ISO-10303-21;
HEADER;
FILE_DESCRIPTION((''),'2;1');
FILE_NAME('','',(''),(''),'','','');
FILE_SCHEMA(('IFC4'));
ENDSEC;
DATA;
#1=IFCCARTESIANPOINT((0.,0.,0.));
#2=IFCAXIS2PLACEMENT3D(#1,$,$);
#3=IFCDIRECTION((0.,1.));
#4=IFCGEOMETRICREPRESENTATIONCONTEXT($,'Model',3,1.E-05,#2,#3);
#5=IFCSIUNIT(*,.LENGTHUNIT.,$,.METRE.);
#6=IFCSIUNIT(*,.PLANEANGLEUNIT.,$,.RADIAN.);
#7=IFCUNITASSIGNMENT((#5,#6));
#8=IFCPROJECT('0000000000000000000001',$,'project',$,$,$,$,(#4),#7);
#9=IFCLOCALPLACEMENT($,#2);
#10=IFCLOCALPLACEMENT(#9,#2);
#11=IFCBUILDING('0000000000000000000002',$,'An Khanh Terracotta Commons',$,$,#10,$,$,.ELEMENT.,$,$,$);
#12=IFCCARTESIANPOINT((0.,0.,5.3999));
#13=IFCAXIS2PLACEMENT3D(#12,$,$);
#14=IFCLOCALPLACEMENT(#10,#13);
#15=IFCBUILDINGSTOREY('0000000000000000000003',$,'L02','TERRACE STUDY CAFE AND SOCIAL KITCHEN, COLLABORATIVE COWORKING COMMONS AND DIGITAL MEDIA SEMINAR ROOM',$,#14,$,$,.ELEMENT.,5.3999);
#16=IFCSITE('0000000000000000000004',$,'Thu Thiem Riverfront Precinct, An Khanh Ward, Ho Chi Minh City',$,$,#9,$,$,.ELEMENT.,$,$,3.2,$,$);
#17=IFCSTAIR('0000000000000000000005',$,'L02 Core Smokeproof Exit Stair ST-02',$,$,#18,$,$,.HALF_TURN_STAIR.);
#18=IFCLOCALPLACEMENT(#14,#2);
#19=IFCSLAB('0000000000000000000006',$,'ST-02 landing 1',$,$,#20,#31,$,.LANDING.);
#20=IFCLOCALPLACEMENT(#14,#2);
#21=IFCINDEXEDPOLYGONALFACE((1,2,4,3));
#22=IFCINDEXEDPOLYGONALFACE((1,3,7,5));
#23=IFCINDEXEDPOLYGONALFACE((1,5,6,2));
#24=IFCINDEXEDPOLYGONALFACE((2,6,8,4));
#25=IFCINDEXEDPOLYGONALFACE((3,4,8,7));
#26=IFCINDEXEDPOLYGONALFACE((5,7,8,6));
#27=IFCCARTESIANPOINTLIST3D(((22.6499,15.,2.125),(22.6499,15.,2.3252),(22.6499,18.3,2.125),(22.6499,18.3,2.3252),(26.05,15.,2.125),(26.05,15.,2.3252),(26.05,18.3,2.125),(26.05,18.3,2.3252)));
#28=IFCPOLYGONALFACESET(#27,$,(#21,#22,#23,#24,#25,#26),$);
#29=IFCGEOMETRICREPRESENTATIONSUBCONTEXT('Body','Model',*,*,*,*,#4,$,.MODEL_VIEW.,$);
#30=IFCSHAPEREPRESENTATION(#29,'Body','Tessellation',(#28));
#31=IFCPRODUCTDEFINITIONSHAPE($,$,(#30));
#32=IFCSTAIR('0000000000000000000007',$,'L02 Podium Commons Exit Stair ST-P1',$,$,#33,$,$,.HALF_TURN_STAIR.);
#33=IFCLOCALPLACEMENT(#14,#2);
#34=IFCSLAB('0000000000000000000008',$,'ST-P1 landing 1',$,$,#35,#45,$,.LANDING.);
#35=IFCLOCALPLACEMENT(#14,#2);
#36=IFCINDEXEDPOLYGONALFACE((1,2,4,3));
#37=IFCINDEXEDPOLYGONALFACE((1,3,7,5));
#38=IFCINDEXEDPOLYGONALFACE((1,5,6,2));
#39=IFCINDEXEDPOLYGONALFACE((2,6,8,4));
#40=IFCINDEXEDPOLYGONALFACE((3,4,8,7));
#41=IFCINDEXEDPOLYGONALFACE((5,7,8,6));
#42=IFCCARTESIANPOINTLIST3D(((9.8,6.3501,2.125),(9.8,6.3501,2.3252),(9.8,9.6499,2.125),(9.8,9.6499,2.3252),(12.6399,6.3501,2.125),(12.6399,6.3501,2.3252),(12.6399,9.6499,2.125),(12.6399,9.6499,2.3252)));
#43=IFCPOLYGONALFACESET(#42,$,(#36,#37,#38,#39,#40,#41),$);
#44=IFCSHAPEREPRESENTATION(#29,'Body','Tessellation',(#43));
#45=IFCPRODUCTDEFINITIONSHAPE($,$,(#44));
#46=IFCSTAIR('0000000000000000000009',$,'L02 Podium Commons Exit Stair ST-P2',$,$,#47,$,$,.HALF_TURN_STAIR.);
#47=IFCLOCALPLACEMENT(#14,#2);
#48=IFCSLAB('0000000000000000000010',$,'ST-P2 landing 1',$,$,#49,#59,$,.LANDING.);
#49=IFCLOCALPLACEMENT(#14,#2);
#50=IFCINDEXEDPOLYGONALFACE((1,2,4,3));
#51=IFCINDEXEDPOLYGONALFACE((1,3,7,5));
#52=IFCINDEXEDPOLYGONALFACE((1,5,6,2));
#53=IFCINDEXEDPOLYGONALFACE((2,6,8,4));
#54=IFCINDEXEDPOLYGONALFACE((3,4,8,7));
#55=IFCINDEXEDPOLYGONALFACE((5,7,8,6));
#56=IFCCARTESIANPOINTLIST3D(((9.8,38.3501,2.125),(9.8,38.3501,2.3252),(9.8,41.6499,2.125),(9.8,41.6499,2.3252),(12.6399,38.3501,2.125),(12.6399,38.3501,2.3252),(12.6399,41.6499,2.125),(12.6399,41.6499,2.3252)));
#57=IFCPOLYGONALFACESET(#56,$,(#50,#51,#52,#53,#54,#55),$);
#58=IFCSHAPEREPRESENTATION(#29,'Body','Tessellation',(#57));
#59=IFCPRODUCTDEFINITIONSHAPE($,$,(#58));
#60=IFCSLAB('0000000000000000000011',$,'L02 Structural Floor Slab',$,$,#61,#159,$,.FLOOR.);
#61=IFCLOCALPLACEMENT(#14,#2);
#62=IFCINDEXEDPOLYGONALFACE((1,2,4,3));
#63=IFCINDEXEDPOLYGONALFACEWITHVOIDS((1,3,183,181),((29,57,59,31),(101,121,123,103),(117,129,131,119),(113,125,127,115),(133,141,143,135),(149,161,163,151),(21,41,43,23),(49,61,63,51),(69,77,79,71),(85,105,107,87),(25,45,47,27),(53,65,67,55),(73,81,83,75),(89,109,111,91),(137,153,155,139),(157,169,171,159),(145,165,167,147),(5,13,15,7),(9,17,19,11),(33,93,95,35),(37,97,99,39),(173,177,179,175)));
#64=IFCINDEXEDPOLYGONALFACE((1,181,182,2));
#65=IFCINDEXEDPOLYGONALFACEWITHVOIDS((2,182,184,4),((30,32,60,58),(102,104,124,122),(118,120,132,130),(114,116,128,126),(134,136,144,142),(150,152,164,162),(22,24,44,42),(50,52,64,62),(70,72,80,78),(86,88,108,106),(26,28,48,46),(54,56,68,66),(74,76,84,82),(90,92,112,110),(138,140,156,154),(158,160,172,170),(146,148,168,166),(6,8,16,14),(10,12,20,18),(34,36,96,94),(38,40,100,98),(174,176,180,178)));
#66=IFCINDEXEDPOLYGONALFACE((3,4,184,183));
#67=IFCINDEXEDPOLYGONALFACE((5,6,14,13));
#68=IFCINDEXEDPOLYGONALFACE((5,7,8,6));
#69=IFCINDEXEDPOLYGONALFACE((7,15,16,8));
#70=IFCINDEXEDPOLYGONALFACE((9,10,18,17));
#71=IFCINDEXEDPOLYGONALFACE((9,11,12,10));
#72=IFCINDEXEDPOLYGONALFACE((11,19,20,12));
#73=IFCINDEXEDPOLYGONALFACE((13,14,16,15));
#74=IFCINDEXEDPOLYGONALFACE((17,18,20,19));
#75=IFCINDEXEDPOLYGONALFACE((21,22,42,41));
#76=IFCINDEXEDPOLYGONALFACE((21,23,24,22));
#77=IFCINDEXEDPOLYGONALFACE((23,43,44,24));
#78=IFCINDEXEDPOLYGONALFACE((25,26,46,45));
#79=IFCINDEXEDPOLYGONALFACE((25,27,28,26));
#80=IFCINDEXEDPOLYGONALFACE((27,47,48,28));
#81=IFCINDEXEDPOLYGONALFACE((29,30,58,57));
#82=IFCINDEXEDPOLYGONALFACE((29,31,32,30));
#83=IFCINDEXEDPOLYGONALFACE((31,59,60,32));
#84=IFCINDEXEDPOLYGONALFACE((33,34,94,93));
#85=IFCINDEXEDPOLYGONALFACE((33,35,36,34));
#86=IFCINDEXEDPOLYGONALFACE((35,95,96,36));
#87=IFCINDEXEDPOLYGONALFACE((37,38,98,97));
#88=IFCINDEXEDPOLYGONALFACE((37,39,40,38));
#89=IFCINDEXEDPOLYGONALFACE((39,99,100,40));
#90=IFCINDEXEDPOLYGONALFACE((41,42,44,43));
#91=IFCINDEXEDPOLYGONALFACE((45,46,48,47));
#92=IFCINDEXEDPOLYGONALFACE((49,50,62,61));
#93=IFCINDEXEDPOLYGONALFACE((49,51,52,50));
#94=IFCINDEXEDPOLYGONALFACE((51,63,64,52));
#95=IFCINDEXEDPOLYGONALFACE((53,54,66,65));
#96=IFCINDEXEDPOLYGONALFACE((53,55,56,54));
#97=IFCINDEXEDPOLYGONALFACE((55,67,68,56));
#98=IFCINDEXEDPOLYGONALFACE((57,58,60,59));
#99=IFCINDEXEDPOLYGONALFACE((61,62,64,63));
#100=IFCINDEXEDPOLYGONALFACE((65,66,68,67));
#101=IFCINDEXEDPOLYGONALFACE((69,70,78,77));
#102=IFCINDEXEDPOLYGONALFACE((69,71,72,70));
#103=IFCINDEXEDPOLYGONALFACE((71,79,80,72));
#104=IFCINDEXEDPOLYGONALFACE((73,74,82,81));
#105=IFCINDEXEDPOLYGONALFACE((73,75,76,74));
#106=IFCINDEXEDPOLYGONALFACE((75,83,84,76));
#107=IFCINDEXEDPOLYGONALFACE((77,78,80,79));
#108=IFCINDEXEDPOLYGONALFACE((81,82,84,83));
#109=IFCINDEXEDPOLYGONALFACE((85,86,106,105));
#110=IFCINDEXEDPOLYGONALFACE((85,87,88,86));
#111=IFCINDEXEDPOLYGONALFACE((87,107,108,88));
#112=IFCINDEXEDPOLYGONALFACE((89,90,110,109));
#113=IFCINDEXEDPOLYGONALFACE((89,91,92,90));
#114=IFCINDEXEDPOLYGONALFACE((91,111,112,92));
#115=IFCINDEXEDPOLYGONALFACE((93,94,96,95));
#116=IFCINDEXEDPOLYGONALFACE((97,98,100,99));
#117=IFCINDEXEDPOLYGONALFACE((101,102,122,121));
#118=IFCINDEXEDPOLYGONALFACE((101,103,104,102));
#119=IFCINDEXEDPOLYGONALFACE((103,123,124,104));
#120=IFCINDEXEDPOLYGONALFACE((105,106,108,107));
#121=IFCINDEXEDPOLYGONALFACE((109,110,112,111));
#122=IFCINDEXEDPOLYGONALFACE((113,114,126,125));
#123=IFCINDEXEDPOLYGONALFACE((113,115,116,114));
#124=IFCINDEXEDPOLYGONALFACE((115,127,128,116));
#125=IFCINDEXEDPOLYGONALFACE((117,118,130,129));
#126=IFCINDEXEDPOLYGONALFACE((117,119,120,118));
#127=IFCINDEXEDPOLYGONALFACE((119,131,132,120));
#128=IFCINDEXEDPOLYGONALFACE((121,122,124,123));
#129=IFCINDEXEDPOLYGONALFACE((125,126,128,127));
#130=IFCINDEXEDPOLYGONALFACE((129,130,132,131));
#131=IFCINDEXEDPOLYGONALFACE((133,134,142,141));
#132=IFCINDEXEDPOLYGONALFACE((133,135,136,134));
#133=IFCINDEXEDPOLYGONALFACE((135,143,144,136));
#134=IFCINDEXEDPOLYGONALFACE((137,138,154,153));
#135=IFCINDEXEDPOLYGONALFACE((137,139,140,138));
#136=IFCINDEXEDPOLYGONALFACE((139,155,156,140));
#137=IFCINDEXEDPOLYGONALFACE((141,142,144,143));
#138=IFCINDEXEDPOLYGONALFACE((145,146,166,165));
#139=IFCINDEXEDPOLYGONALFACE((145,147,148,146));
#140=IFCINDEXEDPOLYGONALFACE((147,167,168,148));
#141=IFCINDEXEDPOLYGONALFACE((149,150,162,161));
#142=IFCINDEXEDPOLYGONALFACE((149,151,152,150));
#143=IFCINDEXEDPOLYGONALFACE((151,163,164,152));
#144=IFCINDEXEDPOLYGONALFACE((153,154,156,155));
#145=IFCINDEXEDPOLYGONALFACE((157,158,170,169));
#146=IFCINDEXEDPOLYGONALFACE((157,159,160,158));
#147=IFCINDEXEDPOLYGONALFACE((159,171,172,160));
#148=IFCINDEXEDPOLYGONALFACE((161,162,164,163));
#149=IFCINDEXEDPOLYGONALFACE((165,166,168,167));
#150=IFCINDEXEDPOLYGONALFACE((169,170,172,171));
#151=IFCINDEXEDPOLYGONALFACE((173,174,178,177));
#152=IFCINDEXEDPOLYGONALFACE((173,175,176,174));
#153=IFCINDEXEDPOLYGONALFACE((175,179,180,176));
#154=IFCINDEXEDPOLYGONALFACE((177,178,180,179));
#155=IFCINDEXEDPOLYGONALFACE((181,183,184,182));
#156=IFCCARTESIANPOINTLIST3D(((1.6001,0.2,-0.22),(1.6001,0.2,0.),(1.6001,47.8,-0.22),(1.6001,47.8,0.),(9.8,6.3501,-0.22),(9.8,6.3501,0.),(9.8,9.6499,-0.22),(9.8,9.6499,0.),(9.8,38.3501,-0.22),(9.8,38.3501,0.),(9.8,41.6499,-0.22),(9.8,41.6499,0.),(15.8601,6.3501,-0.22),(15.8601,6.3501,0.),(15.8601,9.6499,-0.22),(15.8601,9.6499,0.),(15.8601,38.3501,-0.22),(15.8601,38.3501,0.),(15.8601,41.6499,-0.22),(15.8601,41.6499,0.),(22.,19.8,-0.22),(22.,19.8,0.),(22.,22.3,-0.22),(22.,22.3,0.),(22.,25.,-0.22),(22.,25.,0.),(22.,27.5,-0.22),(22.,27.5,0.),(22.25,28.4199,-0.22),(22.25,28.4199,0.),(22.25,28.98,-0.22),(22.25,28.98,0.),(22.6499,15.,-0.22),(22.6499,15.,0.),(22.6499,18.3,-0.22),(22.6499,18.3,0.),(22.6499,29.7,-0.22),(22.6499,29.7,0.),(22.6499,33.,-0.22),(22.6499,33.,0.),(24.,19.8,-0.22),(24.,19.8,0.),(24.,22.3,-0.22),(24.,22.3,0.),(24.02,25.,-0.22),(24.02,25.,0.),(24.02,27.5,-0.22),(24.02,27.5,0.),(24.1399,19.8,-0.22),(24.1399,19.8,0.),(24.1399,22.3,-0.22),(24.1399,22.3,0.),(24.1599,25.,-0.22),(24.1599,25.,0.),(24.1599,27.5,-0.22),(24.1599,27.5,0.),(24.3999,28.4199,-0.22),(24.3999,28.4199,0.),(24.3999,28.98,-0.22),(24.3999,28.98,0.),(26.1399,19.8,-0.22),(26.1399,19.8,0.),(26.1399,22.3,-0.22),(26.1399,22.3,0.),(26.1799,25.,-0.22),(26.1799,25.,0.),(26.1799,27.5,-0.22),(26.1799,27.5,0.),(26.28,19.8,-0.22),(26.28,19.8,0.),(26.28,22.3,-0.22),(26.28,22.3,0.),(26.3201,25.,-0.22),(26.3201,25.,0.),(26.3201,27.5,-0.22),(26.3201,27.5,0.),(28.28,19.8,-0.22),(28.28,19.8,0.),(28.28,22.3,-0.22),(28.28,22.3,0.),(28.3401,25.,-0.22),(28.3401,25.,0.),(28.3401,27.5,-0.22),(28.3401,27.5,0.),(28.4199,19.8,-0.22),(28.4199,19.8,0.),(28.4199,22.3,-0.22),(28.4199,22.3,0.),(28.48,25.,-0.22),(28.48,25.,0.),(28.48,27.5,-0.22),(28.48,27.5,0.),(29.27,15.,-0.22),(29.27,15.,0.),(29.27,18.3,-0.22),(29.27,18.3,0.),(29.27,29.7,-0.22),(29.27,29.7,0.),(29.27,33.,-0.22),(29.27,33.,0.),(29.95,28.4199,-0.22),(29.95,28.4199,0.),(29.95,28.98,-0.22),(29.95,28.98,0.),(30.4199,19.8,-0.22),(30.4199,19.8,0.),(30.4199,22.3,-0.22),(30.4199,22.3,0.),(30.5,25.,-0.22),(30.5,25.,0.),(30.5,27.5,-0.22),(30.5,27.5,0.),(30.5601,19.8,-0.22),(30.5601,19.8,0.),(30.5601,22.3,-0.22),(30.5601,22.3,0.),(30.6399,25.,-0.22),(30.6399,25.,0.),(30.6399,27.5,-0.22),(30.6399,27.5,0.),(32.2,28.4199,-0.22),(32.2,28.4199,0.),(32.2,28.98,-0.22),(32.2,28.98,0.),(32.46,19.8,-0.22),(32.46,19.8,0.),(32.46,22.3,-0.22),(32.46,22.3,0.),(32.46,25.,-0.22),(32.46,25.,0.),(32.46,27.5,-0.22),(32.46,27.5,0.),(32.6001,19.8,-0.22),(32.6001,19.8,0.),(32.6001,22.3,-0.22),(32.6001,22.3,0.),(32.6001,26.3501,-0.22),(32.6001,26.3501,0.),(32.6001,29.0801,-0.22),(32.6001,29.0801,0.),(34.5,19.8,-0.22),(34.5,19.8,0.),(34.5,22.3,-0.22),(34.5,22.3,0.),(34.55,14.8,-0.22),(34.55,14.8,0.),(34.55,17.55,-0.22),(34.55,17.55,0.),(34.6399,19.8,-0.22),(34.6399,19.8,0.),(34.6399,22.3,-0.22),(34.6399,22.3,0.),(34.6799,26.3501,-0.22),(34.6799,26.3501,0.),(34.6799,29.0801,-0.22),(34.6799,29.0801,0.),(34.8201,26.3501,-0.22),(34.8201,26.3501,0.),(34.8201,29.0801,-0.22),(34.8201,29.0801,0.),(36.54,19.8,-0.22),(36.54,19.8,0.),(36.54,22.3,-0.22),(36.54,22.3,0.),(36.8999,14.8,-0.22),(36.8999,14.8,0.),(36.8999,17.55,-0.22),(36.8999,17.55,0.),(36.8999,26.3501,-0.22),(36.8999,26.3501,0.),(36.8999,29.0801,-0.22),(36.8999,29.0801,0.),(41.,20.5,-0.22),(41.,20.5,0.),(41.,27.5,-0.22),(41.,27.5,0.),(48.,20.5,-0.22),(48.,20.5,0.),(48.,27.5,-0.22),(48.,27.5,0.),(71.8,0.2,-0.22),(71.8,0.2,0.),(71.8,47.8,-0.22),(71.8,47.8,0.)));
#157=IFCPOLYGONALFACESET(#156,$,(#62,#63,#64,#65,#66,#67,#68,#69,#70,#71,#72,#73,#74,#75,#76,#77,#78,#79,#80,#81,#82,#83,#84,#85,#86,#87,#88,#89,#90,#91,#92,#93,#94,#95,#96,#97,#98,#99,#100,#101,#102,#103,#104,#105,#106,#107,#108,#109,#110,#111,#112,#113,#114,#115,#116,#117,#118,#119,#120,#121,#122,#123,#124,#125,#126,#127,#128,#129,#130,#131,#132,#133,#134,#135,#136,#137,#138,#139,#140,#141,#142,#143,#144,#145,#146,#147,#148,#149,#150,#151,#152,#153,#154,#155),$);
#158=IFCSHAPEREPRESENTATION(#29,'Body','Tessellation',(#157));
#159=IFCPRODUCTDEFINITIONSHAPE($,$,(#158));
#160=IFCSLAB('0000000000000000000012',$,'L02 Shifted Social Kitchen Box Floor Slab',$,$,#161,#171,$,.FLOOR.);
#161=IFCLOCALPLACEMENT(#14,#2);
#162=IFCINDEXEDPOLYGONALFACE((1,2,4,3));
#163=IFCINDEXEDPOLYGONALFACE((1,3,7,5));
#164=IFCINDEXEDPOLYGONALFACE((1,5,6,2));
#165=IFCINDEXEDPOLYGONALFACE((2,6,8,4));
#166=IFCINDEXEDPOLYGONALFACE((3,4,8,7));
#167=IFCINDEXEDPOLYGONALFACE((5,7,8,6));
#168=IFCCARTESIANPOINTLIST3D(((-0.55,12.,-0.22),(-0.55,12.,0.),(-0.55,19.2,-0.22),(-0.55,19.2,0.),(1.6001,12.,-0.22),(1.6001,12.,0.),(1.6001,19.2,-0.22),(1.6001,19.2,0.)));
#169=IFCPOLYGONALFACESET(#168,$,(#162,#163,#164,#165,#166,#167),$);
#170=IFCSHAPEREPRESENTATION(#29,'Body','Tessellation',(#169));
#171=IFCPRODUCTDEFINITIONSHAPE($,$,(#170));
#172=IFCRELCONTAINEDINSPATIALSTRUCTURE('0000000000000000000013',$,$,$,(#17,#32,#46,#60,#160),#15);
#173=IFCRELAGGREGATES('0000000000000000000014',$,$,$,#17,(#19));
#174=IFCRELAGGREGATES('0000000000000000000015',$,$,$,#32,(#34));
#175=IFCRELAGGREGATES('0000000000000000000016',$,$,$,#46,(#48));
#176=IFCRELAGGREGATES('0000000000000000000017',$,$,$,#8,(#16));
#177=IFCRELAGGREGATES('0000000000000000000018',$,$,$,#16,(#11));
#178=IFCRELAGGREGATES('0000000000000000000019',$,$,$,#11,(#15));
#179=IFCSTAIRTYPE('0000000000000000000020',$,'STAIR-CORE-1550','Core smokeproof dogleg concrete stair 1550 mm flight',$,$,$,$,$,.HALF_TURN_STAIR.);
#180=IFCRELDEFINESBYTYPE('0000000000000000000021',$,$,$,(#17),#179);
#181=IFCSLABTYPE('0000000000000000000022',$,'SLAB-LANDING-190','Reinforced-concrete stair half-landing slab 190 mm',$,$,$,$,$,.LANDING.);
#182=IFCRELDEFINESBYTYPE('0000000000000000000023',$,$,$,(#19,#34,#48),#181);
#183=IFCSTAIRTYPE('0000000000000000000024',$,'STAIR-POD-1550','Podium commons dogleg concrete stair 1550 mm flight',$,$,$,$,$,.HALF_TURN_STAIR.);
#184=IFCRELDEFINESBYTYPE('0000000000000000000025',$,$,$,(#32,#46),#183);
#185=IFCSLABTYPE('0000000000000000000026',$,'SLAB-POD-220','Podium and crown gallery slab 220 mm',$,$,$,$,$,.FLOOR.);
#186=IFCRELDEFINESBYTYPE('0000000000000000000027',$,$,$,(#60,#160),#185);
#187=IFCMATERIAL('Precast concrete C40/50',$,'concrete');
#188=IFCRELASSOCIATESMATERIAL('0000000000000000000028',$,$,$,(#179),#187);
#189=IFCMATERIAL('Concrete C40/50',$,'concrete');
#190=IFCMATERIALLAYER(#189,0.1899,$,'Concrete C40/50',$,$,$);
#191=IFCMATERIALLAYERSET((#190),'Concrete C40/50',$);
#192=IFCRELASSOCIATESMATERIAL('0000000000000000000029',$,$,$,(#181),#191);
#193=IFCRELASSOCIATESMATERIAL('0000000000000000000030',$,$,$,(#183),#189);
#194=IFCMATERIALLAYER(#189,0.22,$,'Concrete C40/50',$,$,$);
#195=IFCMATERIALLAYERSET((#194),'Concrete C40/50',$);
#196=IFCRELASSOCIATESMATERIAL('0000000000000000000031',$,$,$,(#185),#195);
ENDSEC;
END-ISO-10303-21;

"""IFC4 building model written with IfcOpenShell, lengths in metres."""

from ifc_helpers import new_model, si_unit, direction, frame, origin, place, context, subcontext, project, spatial, polyline, outline, extrude, material, layer, layer_set, type_object, element, aggregate, save


model = new_model("IFC4")

# Units and contexts
model_context = context("Model", 3, precision=1e-05, world=origin(), true_north=direction((0.0, 1.0)))
body_context = subcontext(model_context, "Body", "Model", "MODEL_VIEW")
ifc_project = project(units=[si_unit("LENGTHUNIT", "METRE"), si_unit("PLANEANGLEUNIT", "RADIAN")], contexts=[model_context])

# Site, building, storey
site_placement = place(None, origin())
site = spatial("IfcSite", under=ifc_project, at=site_placement, Name="Thu Thiem Riverfront Precinct, An Khanh Ward, Ho Chi Minh City", CompositionType="ELEMENT", RefElevation=3.2)
building_placement = place(site_placement, origin())
building = spatial("IfcBuilding", under=site, at=building_placement, Name="An Khanh Terracotta Commons", CompositionType="ELEMENT")
storey_placement = place(building_placement, frame((0.0, 0.0, 5.3999)))
storey = spatial("IfcBuildingStorey", under=building, at=storey_placement, Name="L02", Description="TERRACE STUDY CAFE AND SOCIAL KITCHEN, COLLABORATIVE COWORKING COMMONS AND DIGITAL MEDIA SEMINAR ROOM", CompositionType="ELEMENT", Elevation=5.3999)

# Stairs, slabs
ifc_material_1 = material(Name="Precast concrete C40/50", Category="concrete")
stair_type_1 = type_object("IfcStairType", Name="STAIR-CORE-1550", Description="Core smokeproof dogleg concrete stair 1550 mm flight", PredefinedType="HALF_TURN_STAIR", material=ifc_material_1)
ifc_material_2 = material(Name="Concrete C40/50", Category="concrete")
ifc_layer_1 = layer(ifc_material_2, 0.1899, Name="Concrete C40/50")
ifc_layer_set_1 = layer_set([ifc_layer_1], Name="Concrete C40/50")
slab_type_1 = type_object("IfcSlabType", Name="SLAB-LANDING-190", Description="Reinforced-concrete stair half-landing slab 190 mm", PredefinedType="LANDING", material=ifc_layer_set_1)
stair_1_placement = place(storey_placement, origin())
stair_1 = element("IfcStair", 1, at=stair_1_placement, inside=storey, type_object=stair_type_1, Name="L02 Core Smokeproof Exit Stair ST-02", PredefinedType="HALF_TURN_STAIR")
slab_1_placement = place(storey_placement, frame((0.0, 0.0, 2.125)))
slab_1 = element("IfcSlab", 2, at=slab_1_placement, type_object=slab_type_1, Name="ST-02 landing 1", PredefinedType="LANDING", context=body_context, shape_type="SweptSolid", body=[
    extrude(outline(polyline([(26.05, 18.3), (22.6499, 18.3), (22.6499, 15.0), (26.05, 15.0), (26.05, 18.3)])), origin(), (0.0, 0.0, 1.0), 0.2002),
])
aggregate(stair_1, [slab_1])
stair_type_2 = type_object("IfcStairType", Name="STAIR-POD-1550", Description="Podium commons dogleg concrete stair 1550 mm flight", PredefinedType="HALF_TURN_STAIR", material=ifc_material_2)
stair_2_placement = place(storey_placement, origin())
stair_2 = element("IfcStair", 3, at=stair_2_placement, inside=storey, type_object=stair_type_2, Name="L02 Podium Commons Exit Stair ST-P1", PredefinedType="HALF_TURN_STAIR")
slab_2_placement = place(storey_placement, frame((0.0, 0.0, 2.125)))
slab_2 = element("IfcSlab", 4, at=slab_2_placement, type_object=slab_type_1, Name="ST-P1 landing 1", PredefinedType="LANDING", context=body_context, shape_type="SweptSolid", body=[
    extrude(outline(polyline([(12.6399, 9.6499), (9.8, 9.6499), (9.8, 6.3501), (12.6399, 6.3501), (12.6399, 9.6499)])), origin(), (0.0, 0.0, 1.0), 0.2002),
])
aggregate(stair_2, [slab_2])
stair_3_placement = place(storey_placement, origin())
stair_3 = element("IfcStair", 5, at=stair_3_placement, inside=storey, type_object=stair_type_2, Name="L02 Podium Commons Exit Stair ST-P2", PredefinedType="HALF_TURN_STAIR")
slab_3_placement = place(storey_placement, frame((0.0, 0.0, 2.125)))
slab_3 = element("IfcSlab", 6, at=slab_3_placement, type_object=slab_type_1, Name="ST-P2 landing 1", PredefinedType="LANDING", context=body_context, shape_type="SweptSolid", body=[
    extrude(outline(polyline([(12.6399, 41.6499), (9.8, 41.6499), (9.8, 38.3501), (12.6399, 38.3501), (12.6399, 41.6499)])), origin(), (0.0, 0.0, 1.0), 0.2002),
])
aggregate(stair_3, [slab_3])

# Slabs
ifc_layer_2 = layer(ifc_material_2, 0.22, Name="Concrete C40/50")
ifc_layer_set_2 = layer_set([ifc_layer_2], Name="Concrete C40/50")
slab_type_2 = type_object("IfcSlabType", Name="SLAB-POD-220", Description="Podium and crown gallery slab 220 mm", PredefinedType="FLOOR", material=ifc_layer_set_2)
slab_4_placement = place(storey_placement, frame((0.0, 0.0, -0.22)))
element("IfcSlab", 7, at=slab_4_placement, inside=storey, type_object=slab_type_2, Name="L02 Structural Floor Slab", PredefinedType="FLOOR", context=body_context, shape_type="SweptSolid", body=[
    extrude(outline(polyline([(1.6001, 0.2), (71.8, 0.2), (71.8, 47.8), (1.6001, 47.8), (1.6001, 0.2)]), holes=[polyline([(22.6499, 29.7), (29.27, 29.7), (29.27, 33.0), (22.6499, 33.0), (22.6499, 29.7)]), polyline([(22.6499, 15.0), (29.27, 15.0), (29.27, 18.3), (22.6499, 18.3), (22.6499, 15.0)]), polyline([(9.8, 6.3501), (15.8601, 6.3501), (15.8601, 9.6499), (9.8, 9.6499), (9.8, 6.3501)]), polyline([(9.8, 38.3501), (15.8601, 38.3501), (15.8601, 41.6499), (9.8, 41.6499), (9.8, 38.3501)]), polyline([(32.6001, 26.3501), (34.6799, 26.3501), (34.6799, 29.0801), (32.6001, 29.0801), (32.6001, 26.3501)]), polyline([(34.8201, 26.3501), (36.8999, 26.3501), (36.8999, 29.0801), (34.8201, 29.0801), (34.8201, 26.3501)]), polyline([(34.55, 14.8), (36.8999, 14.8), (36.8999, 17.55), (34.55, 17.55), (34.55, 14.8)]), polyline([(22.0, 25.0), (24.02, 25.0), (24.02, 27.5), (22.0, 27.5), (22.0, 25.0)]), polyline([(24.1599, 25.0), (26.1799, 25.0), (26.1799, 27.5), (24.1599, 27.5), (24.1599, 25.0)]), polyline([(22.0, 19.8), (24.0, 19.8), (24.0, 22.3), (22.0, 22.3), (22.0, 19.8)]), polyline([(24.1399, 19.8), (26.1399, 19.8), (26.1399, 22.3), (24.1399, 22.3), (24.1399, 19.8)]), polyline([(26.3201, 25.0), (28.3401, 25.0), (28.3401, 27.5), (26.3201, 27.5), (26.3201, 25.0)]), polyline([(28.48, 25.0), (30.5, 25.0), (30.5, 27.5), (28.48, 27.5), (28.48, 25.0)]), polyline([(26.28, 19.8), (28.28, 19.8), (28.28, 22.3), (26.28, 22.3), (26.28, 19.8)]), polyline([(28.4199, 19.8), (30.4199, 19.8), (30.4199, 22.3), (28.4199, 22.3), (28.4199, 19.8)]), polyline([(30.6399, 25.0), (32.46, 25.0), (32.46, 27.5), (30.6399, 27.5), (30.6399, 25.0)]), polyline([(30.5601, 19.8), (32.46, 19.8), (32.46, 22.3), (30.5601, 22.3), (30.5601, 19.8)]), polyline([(32.6001, 19.8), (34.5, 19.8), (34.5, 22.3), (32.6001, 22.3), (32.6001, 19.8)]), polyline([(34.6399, 19.8), (36.54, 19.8), (36.54, 22.3), (34.6399, 22.3), (34.6399, 19.8)]), polyline([(22.25, 28.4199), (24.3999, 28.4199), (24.3999, 28.98), (22.25, 28.98), (22.25, 28.4199)]), polyline([(29.95, 28.4199), (32.2, 28.4199), (32.2, 28.98), (29.95, 28.98), (29.95, 28.4199)]), polyline([(41.0, 20.5), (48.0, 20.5), (48.0, 27.5), (41.0, 27.5), (41.0, 20.5)])]), origin(), (0.0, 0.0, 1.0), 0.22),
])
slab_5_placement = place(storey_placement, frame((0.0, 0.0, -0.22)))
element("IfcSlab", 8, at=slab_5_placement, inside=storey, type_object=slab_type_2, Name="L02 Shifted Social Kitchen Box Floor Slab", PredefinedType="FLOOR", context=body_context, shape_type="SweptSolid", body=[
    extrude(outline(polyline([(-0.55, 12.0), (1.6001, 12.0), (1.6001, 19.2), (-0.55, 19.2), (-0.55, 12.0)])), origin(), (0.0, 0.0, 1.0), 0.22),
])

save(model, "model.ifc")
